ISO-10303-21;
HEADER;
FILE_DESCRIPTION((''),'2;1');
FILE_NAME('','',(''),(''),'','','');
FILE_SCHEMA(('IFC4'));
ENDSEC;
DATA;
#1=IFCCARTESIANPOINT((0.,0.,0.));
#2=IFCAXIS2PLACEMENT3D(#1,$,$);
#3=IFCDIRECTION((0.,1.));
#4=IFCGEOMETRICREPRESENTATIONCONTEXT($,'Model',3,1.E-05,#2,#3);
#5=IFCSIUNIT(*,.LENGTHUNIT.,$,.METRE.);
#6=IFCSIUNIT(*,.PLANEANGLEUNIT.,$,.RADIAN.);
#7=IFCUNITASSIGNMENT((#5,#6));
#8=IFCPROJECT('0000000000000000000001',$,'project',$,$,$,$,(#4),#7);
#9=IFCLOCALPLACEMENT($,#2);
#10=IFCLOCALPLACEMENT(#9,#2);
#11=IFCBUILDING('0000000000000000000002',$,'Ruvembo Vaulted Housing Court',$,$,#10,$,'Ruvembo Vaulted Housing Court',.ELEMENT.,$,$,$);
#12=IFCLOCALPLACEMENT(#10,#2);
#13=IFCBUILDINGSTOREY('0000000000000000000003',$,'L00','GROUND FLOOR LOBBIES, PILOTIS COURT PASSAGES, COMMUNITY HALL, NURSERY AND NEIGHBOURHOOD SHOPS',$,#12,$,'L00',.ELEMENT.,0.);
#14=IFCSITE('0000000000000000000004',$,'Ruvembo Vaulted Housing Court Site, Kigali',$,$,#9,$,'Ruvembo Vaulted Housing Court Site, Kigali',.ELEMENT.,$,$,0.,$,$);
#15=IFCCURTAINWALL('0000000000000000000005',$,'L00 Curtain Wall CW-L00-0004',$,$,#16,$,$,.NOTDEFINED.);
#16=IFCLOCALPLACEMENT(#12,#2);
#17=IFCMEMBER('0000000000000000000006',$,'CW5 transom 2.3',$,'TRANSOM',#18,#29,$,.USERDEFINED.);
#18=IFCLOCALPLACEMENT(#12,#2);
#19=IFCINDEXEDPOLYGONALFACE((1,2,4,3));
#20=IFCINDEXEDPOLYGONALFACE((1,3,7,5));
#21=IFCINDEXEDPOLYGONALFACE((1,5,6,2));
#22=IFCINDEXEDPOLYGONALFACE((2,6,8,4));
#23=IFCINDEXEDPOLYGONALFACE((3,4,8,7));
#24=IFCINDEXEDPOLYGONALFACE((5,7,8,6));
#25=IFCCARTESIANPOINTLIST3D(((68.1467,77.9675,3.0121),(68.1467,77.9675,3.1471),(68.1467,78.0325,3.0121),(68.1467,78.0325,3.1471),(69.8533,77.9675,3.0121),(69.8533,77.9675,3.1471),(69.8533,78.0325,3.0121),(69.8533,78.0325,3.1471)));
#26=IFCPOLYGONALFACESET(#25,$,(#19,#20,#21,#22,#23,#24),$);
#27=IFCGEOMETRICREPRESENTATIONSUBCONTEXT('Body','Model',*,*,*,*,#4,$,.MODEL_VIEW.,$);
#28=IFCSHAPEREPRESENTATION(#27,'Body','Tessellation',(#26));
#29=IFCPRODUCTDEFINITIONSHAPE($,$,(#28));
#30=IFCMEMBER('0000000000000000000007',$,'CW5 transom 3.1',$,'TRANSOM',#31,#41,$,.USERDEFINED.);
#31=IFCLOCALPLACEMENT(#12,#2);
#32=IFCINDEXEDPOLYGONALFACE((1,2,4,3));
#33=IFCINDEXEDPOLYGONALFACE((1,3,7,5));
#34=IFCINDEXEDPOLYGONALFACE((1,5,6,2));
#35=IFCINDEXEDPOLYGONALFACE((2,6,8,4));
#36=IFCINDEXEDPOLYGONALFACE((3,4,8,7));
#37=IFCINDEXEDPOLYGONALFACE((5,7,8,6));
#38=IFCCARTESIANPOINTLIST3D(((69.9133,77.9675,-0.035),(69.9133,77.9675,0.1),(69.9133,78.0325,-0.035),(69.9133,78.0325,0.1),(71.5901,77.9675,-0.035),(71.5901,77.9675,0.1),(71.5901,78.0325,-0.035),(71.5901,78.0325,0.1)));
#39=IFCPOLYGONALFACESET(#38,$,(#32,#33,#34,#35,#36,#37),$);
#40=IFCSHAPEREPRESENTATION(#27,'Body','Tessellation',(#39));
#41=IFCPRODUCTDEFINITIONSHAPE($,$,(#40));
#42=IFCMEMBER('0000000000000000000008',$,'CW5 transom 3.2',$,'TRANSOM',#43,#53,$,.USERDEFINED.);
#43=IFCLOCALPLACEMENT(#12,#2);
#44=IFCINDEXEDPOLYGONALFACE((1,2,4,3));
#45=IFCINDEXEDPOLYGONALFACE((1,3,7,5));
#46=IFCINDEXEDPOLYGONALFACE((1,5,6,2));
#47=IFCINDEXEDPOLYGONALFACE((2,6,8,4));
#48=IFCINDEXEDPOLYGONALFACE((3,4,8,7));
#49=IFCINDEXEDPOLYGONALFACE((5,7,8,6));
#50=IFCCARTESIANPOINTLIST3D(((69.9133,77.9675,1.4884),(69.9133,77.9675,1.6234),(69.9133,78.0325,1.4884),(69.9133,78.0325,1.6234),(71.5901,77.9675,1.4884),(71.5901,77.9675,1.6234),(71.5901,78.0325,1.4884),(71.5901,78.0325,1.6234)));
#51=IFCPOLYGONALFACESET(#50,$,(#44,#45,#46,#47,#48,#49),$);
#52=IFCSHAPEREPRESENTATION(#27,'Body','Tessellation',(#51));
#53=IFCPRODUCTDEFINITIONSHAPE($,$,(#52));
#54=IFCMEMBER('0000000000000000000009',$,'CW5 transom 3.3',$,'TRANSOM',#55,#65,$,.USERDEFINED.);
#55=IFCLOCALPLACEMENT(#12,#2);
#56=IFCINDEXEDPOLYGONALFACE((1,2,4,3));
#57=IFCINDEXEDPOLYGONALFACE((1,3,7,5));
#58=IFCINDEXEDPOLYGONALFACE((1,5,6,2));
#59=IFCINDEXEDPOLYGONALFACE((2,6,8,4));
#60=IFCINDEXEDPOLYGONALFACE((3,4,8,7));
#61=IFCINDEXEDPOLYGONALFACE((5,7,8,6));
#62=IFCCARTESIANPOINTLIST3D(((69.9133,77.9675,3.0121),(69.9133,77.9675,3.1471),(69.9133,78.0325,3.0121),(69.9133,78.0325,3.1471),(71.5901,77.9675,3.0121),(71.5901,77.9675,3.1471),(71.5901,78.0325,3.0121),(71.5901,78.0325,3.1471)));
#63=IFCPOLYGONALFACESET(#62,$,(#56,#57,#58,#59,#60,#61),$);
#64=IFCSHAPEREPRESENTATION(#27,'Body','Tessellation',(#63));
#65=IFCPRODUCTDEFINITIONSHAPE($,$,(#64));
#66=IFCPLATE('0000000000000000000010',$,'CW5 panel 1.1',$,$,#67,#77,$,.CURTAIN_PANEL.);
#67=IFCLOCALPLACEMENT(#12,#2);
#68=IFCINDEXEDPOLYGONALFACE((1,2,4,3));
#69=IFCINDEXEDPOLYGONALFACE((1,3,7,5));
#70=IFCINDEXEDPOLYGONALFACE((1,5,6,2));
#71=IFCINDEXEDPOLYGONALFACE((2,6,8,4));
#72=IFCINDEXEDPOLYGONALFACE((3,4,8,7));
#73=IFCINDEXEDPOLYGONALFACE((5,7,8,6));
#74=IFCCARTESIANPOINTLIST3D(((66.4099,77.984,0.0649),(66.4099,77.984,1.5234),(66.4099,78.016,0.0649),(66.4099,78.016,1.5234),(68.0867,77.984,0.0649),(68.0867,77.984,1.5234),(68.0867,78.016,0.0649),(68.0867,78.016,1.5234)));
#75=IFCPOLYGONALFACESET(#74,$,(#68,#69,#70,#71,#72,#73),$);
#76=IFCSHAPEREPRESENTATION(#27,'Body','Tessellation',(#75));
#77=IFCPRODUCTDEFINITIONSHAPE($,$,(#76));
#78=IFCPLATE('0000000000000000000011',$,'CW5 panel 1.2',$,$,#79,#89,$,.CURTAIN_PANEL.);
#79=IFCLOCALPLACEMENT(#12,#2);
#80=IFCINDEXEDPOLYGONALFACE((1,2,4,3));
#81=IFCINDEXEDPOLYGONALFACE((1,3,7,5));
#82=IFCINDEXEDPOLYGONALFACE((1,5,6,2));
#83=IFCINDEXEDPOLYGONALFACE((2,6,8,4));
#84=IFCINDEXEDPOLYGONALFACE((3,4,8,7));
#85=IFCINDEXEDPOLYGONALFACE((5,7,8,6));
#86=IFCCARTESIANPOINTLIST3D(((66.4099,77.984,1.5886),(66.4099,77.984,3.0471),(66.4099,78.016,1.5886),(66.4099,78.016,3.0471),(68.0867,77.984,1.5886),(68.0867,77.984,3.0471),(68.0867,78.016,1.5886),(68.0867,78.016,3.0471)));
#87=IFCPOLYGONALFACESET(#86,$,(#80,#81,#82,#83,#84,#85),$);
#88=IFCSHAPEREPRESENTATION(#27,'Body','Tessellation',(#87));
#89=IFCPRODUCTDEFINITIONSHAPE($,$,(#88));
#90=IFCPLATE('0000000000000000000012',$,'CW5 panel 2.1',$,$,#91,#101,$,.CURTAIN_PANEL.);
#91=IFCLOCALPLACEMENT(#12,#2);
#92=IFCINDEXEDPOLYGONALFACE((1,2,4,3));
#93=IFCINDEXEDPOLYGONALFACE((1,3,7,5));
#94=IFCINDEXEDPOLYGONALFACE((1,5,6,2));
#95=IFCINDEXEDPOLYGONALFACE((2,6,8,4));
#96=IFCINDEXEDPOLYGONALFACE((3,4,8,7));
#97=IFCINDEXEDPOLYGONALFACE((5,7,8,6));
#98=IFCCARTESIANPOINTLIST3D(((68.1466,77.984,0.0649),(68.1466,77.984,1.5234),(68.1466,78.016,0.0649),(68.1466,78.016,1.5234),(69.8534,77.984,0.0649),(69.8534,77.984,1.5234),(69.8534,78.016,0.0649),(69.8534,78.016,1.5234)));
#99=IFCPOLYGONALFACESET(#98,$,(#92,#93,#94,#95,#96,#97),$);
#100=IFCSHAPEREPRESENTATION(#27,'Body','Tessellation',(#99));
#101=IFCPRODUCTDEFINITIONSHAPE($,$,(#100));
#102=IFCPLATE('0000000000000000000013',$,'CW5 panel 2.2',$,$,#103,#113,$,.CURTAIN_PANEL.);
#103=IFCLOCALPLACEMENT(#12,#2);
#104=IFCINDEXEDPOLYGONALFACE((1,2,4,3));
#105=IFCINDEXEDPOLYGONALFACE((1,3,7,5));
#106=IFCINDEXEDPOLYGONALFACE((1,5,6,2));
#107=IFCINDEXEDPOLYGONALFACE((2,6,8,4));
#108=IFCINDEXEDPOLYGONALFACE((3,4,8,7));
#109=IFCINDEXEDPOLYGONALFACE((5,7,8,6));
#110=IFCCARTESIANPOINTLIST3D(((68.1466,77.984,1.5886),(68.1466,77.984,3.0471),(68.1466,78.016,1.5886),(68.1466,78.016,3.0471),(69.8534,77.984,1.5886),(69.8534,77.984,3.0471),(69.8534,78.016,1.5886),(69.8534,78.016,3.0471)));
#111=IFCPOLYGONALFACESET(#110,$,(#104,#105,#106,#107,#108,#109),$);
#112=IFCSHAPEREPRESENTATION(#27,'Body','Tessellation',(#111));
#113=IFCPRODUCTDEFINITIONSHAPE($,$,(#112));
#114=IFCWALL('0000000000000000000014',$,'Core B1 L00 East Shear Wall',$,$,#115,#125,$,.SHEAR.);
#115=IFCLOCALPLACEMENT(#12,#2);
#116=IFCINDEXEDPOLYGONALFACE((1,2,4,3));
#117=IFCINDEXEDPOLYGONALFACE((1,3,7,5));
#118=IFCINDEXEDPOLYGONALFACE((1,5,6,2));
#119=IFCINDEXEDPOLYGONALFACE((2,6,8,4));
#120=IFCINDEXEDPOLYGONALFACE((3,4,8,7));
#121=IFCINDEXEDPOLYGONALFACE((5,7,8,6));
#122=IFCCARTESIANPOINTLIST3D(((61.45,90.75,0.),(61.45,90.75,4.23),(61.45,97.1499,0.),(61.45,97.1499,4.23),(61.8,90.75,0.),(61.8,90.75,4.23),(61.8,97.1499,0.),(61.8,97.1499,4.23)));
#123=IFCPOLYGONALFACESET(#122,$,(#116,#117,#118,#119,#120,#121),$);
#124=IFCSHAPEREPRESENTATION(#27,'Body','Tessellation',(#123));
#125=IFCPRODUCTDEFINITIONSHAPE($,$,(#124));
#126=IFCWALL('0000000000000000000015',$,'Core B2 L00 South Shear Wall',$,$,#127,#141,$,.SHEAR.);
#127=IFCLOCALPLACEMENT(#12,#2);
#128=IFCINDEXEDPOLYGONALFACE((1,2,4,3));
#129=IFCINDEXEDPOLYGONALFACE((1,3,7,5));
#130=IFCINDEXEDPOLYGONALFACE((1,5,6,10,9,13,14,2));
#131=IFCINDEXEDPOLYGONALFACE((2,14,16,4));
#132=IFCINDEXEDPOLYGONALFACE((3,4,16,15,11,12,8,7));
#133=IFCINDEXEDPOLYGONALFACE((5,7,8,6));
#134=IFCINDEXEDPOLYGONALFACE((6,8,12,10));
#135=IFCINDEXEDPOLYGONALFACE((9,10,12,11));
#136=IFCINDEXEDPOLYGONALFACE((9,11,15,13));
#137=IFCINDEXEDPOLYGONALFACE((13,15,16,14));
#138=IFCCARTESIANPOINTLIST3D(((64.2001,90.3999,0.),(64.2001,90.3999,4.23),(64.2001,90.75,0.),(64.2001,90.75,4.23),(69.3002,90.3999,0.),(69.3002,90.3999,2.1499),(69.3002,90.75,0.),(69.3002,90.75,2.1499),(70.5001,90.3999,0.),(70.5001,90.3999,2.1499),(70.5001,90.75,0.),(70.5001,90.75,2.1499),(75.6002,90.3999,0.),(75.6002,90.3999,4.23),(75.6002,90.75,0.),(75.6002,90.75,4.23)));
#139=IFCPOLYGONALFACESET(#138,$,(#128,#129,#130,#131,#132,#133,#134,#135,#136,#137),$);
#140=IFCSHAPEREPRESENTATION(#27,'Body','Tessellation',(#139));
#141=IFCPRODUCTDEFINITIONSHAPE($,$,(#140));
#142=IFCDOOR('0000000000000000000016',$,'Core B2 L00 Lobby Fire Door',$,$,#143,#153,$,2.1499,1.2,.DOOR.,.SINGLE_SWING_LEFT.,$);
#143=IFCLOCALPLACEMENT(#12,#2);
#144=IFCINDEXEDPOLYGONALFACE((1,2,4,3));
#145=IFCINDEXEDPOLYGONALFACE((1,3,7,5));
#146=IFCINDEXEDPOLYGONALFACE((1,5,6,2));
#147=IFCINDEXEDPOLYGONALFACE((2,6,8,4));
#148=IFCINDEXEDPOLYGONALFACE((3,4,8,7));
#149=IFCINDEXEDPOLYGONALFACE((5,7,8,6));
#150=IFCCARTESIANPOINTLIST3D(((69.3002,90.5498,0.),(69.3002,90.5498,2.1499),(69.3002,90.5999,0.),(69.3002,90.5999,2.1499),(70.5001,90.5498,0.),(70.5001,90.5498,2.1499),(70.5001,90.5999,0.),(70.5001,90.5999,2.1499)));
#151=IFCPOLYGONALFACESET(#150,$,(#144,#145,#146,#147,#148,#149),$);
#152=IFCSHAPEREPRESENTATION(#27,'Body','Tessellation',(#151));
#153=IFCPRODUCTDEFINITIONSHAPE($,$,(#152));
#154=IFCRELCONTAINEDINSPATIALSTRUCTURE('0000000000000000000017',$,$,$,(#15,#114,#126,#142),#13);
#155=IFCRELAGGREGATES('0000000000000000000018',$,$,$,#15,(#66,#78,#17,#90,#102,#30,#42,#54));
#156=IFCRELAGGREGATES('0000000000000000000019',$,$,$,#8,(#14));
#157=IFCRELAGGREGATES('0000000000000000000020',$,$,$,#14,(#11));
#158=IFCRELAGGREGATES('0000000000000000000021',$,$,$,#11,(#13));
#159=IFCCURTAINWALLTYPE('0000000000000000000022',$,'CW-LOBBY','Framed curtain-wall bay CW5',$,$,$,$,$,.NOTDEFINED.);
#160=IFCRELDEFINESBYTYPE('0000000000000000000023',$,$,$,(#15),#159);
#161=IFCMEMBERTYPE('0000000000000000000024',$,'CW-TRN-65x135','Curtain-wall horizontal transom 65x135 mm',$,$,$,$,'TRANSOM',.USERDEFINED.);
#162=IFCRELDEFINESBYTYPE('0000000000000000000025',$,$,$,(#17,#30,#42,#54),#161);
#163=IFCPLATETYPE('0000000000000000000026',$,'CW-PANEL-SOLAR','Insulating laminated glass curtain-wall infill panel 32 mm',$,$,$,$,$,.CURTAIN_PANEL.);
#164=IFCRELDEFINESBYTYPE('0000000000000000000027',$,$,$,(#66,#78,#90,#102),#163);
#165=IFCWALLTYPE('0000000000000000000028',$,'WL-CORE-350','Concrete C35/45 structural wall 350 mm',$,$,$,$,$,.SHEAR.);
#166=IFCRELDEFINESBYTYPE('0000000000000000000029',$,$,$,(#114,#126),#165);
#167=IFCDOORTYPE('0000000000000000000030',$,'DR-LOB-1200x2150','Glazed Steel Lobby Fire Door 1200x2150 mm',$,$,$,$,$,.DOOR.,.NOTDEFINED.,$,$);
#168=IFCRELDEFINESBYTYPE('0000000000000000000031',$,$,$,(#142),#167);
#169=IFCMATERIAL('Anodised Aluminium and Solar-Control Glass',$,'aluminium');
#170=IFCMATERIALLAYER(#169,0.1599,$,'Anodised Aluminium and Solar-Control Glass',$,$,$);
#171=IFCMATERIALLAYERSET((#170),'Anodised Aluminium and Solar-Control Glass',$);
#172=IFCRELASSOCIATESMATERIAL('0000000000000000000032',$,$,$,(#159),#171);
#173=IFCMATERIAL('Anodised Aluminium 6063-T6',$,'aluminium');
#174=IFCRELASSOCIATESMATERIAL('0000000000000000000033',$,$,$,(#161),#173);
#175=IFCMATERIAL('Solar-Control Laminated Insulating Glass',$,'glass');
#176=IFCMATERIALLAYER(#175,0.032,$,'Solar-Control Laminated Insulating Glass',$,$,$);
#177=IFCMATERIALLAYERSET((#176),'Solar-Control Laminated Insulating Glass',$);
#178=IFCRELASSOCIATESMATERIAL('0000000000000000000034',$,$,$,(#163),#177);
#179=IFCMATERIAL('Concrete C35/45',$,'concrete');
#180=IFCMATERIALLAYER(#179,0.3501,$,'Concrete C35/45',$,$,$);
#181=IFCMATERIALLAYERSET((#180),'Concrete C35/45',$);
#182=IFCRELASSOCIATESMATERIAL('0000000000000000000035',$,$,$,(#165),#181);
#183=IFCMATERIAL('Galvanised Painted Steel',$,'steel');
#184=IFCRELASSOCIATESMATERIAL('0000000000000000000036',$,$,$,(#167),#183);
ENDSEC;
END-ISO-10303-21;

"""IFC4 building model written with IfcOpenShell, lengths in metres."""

from ifc_helpers import new_model, si_unit, direction, frame, frame_2d, origin, origin_2d, place, context, subcontext, project, spatial, rectangle, extrude, material, layer, layer_set, material_profile, profile_set, type_object, element, fill, aggregate, save


model = new_model("IFC4")

# Units and contexts
model_context = context("Model", 3, precision=1e-05, world=origin(), true_north=direction((0.0, 1.0)))
body_context = subcontext(model_context, "Body", "Model", "MODEL_VIEW")
ifc_project = project(units=[si_unit("LENGTHUNIT", "METRE"), si_unit("PLANEANGLEUNIT", "RADIAN")], contexts=[model_context])

# Site, building, storey
site_placement = place(None, origin())
site = spatial("IfcSite", under=ifc_project, at=site_placement, Name="Ruvembo Vaulted Housing Court Site, Kigali", LongName="Ruvembo Vaulted Housing Court Site, Kigali", CompositionType="ELEMENT", RefElevation=0.0)
building_placement = place(site_placement, origin())
building = spatial("IfcBuilding", under=site, at=building_placement, Name="Ruvembo Vaulted Housing Court", LongName="Ruvembo Vaulted Housing Court", CompositionType="ELEMENT")
storey_placement = place(building_placement, origin())
storey = spatial("IfcBuildingStorey", under=building, at=storey_placement, Name="L00", Description="GROUND FLOOR LOBBIES, PILOTIS COURT PASSAGES, COMMUNITY HALL, NURSERY AND NEIGHBOURHOOD SHOPS", LongName="L00", CompositionType="ELEMENT", Elevation=0.0)

# Shared definitions
ifc_material_1 = material(Name="Concrete C35/45", Category="concrete")

# Curtain wall, members, plates
ifc_material_2 = material(Name="Anodised Aluminium and Solar-Control Glass", Category="aluminium")
ifc_layer_1 = layer(ifc_material_2, 0.1599, Name="Anodised Aluminium and Solar-Control Glass")
ifc_layer_set_1 = layer_set([ifc_layer_1], Name="Anodised Aluminium and Solar-Control Glass")
curtain_wall_type = type_object("IfcCurtainWallType", Name="CW-LOBBY", Description="Framed curtain-wall bay CW5", PredefinedType="NOTDEFINED", material=ifc_layer_set_1)
curtain_wall_placement = place(storey_placement, origin())
curtain_wall = element("IfcCurtainWall", 1, at=curtain_wall_placement, inside=storey, type_object=curtain_wall_type, Name="L00 Curtain Wall CW-L00-0004", PredefinedType="NOTDEFINED")
ifc_material_3 = material(Name="Anodised Aluminium 6063-T6", Category="aluminium")
ifc_material_profile_1 = material_profile(ifc_material_3, rectangle(XDim=0.0649, YDim=0.135, at=origin_2d()), Name="ALU 65x135")
ifc_profile_set_1 = profile_set([ifc_material_profile_1], Name="Anodised Aluminium 6063-T6")
member_type_1 = type_object("IfcMemberType", Name="CW-TRN-65x135", Description="Curtain-wall horizontal transom 65x135 mm", ElementType="TRANSOM", PredefinedType="USERDEFINED", material=ifc_profile_set_1)
member_1_placement = place(storey_placement, frame((68.1467, 78.0, 3.0796), z_axis=(1.0, 0.0, 0.0), x_axis=(0.0, 1.0, 0.0)))
member_1 = element("IfcMember", 2, at=member_1_placement, type_object=member_type_1, Name="CW5 transom 2.3", ObjectType="TRANSOM", PredefinedType="USERDEFINED", context=body_context, shape_type="SweptSolid", body=[
    extrude(rectangle(XDim=0.0649, YDim=0.135, at=origin_2d()), origin(), (0.0, 0.0, 1.0), 1.7065),
])
member_2_placement = place(storey_placement, frame((69.9133, 78.0, 0.0325), z_axis=(1.0, 0.0, 0.0), x_axis=(0.0, 1.0, 0.0)))
member_2 = element("IfcMember", 3, at=member_2_placement, type_object=member_type_1, Name="CW5 transom 3.1", ObjectType="TRANSOM", PredefinedType="USERDEFINED", context=body_context, shape_type="SweptSolid", body=[
    extrude(rectangle(XDim=0.0649, YDim=0.135, at=origin_2d()), origin(), (0.0, 0.0, 1.0), 1.6768),
])
member_3_placement = place(storey_placement, frame((69.9133, 78.0, 1.5559), z_axis=(1.0, 0.0, 0.0), x_axis=(0.0, 1.0, 0.0)))
member_3 = element("IfcMember", 4, at=member_3_placement, type_object=member_type_1, Name="CW5 transom 3.2", ObjectType="TRANSOM", PredefinedType="USERDEFINED", context=body_context, shape_type="SweptSolid", body=[
    extrude(rectangle(XDim=0.0649, YDim=0.135, at=origin_2d()), origin(), (0.0, 0.0, 1.0), 1.6768),
])
member_4_placement = place(storey_placement, frame((69.9133, 78.0, 3.0796), z_axis=(1.0, 0.0, 0.0), x_axis=(0.0, 1.0, 0.0)))
member_4 = element("IfcMember", 5, at=member_4_placement, type_object=member_type_1, Name="CW5 transom 3.3", ObjectType="TRANSOM", PredefinedType="USERDEFINED", context=body_context, shape_type="SweptSolid", body=[
    extrude(rectangle(XDim=0.0649, YDim=0.135, at=origin_2d()), origin(), (0.0, 0.0, 1.0), 1.6768),
])
ifc_material_4 = material(Name="Solar-Control Laminated Insulating Glass", Category="glass")
ifc_layer_2 = layer(ifc_material_4, 0.032, Name="Solar-Control Laminated Insulating Glass")
ifc_layer_set_2 = layer_set([ifc_layer_2], Name="Solar-Control Laminated Insulating Glass")
plate_type = type_object("IfcPlateType", Name="CW-PANEL-SOLAR", Description="Insulating laminated glass curtain-wall infill panel 32 mm", PredefinedType="CURTAIN_PANEL", material=ifc_layer_set_2)
plate_1_placement = place(storey_placement, frame((67.2483, 78.0, 0.0649), z_axis=(0.0, 0.0, 1.0), x_axis=(1.0, 0.0, 0.0)))
plate_1 = element("IfcPlate", 6, at=plate_1_placement, type_object=plate_type, Name="CW5 panel 1.1", PredefinedType="CURTAIN_PANEL", context=body_context, shape_type="SweptSolid", body=[
    extrude(rectangle(XDim=1.6768, YDim=0.032, at=origin_2d()), origin(), (0.0, 0.0, 1.0), 1.4585),
])
plate_2_placement = place(storey_placement, frame((67.2483, 78.0, 1.5886), z_axis=(0.0, 0.0, 1.0), x_axis=(1.0, 0.0, 0.0)))
plate_2 = element("IfcPlate", 7, at=plate_2_placement, type_object=plate_type, Name="CW5 panel 1.2", PredefinedType="CURTAIN_PANEL", context=body_context, shape_type="SweptSolid", body=[
    extrude(rectangle(XDim=1.6768, YDim=0.032, at=origin_2d()), origin(), (0.0, 0.0, 1.0), 1.4585),
])
plate_3_placement = place(storey_placement, frame((69.0, 78.0, 0.0649), z_axis=(0.0, 0.0, 1.0), x_axis=(1.0, 0.0, 0.0)))
plate_3 = element("IfcPlate", 8, at=plate_3_placement, type_object=plate_type, Name="CW5 panel 2.1", PredefinedType="CURTAIN_PANEL", context=body_context, shape_type="SweptSolid", body=[
    extrude(rectangle(XDim=1.7068, YDim=0.032, at=origin_2d()), origin(), (0.0, 0.0, 1.0), 1.4585),
])
plate_4_placement = place(storey_placement, frame((69.0, 78.0, 1.5886), z_axis=(0.0, 0.0, 1.0), x_axis=(1.0, 0.0, 0.0)))
plate_4 = element("IfcPlate", 9, at=plate_4_placement, type_object=plate_type, Name="CW5 panel 2.2", PredefinedType="CURTAIN_PANEL", context=body_context, shape_type="SweptSolid", body=[
    extrude(rectangle(XDim=1.7068, YDim=0.032, at=origin_2d()), origin(), (0.0, 0.0, 1.0), 1.4585),
])
aggregate(curtain_wall, [plate_1, plate_2, member_1, plate_3, plate_4, member_2, member_3, member_4])

# Shared definitions
ifc_material_5 = material(Name="Galvanised Painted Steel", Category="steel")

# Wall
ifc_layer_3 = layer(ifc_material_1, 0.3501, Name="Concrete C35/45")
ifc_layer_set_3 = layer_set([ifc_layer_3], Name="Concrete C35/45")
wall_type_1 = type_object("IfcWallType", Name="WL-CORE-350", Description="Concrete C35/45 structural wall 350 mm", PredefinedType="SHEAR", material=ifc_layer_set_3)
wall_1_placement = place(storey_placement, frame((61.625, 90.75, 0.0), z_axis=(0.0, 0.0, 1.0), x_axis=(0.0, 1.0, 0.0)))
element("IfcWall", 10, at=wall_1_placement, inside=storey, type_object=wall_type_1, Name="Core B1 L00 East Shear Wall", PredefinedType="SHEAR", context=body_context, shape_type="SweptSolid", body=[
    extrude(rectangle(XDim=6.3999, YDim=0.3501, at=frame_2d((3.2, 0.0))), origin(), (0.0, 0.0, 1.0), 4.23),
])

# Wall, opening, door
wall_2_placement = place(storey_placement, frame((64.2, 90.575, 0.0), z_axis=(0.0, 0.0, 1.0), x_axis=(1.0, 0.0, 0.0)))
wall_2 = element("IfcWall", 11, at=wall_2_placement, inside=storey, type_object=wall_type_1, Name="Core B2 L00 South Shear Wall", PredefinedType="SHEAR", context=body_context, shape_type="SweptSolid", body=[
    extrude(rectangle(XDim=11.4001, YDim=0.3501, at=frame_2d((5.7002, 0.0))), origin(), (0.0, 0.0, 1.0), 4.23),
])
opening_1_placement = place(wall_2_placement, frame((5.1001, 0.0, 0.0)))
opening_1 = element("IfcOpeningElement", 12, at=opening_1_placement, cuts=wall_2, PredefinedType="OPENING", context=body_context, shape_type="SweptSolid", body=[
    extrude(rectangle(XDim=1.2, YDim=2.1499, at=frame_2d((0.6001, 1.075))), frame((0.0, 0.1851, 0.0), z_axis=(0.0, -1.0, 0.0), x_axis=(1.0, 0.0, 0.0)), (0.0, 0.0, 1.0), 0.3701),
])
door_type_1 = type_object("IfcDoorType", Name="DR-LOB-1200x2150", Description="Glazed Steel Lobby Fire Door 1200x2150 mm", OperationType="NOTDEFINED", PredefinedType="DOOR", material=ifc_material_5)
door_1_placement = place(opening_1_placement, origin())
door_1 = element("IfcDoor", 13, at=door_1_placement, inside=storey, type_object=door_type_1, Name="Core B2 L00 Lobby Fire Door", OperationType="SINGLE_SWING_LEFT", OverallHeight=2.1499, OverallWidth=1.2, PredefinedType="DOOR", context=body_context, shape_type="SweptSolid", body=[
    extrude(rectangle(XDim=1.2, YDim=2.1499, at=frame_2d((0.6001, 1.075))), frame((0.0, 0.0249, 0.0), z_axis=(0.0, -1.0, 0.0), x_axis=(1.0, 0.0, 0.0)), (0.0, 0.0, 1.0), 0.05),
])
fill(opening_1, door_1)

save(model, "model.ifc")
